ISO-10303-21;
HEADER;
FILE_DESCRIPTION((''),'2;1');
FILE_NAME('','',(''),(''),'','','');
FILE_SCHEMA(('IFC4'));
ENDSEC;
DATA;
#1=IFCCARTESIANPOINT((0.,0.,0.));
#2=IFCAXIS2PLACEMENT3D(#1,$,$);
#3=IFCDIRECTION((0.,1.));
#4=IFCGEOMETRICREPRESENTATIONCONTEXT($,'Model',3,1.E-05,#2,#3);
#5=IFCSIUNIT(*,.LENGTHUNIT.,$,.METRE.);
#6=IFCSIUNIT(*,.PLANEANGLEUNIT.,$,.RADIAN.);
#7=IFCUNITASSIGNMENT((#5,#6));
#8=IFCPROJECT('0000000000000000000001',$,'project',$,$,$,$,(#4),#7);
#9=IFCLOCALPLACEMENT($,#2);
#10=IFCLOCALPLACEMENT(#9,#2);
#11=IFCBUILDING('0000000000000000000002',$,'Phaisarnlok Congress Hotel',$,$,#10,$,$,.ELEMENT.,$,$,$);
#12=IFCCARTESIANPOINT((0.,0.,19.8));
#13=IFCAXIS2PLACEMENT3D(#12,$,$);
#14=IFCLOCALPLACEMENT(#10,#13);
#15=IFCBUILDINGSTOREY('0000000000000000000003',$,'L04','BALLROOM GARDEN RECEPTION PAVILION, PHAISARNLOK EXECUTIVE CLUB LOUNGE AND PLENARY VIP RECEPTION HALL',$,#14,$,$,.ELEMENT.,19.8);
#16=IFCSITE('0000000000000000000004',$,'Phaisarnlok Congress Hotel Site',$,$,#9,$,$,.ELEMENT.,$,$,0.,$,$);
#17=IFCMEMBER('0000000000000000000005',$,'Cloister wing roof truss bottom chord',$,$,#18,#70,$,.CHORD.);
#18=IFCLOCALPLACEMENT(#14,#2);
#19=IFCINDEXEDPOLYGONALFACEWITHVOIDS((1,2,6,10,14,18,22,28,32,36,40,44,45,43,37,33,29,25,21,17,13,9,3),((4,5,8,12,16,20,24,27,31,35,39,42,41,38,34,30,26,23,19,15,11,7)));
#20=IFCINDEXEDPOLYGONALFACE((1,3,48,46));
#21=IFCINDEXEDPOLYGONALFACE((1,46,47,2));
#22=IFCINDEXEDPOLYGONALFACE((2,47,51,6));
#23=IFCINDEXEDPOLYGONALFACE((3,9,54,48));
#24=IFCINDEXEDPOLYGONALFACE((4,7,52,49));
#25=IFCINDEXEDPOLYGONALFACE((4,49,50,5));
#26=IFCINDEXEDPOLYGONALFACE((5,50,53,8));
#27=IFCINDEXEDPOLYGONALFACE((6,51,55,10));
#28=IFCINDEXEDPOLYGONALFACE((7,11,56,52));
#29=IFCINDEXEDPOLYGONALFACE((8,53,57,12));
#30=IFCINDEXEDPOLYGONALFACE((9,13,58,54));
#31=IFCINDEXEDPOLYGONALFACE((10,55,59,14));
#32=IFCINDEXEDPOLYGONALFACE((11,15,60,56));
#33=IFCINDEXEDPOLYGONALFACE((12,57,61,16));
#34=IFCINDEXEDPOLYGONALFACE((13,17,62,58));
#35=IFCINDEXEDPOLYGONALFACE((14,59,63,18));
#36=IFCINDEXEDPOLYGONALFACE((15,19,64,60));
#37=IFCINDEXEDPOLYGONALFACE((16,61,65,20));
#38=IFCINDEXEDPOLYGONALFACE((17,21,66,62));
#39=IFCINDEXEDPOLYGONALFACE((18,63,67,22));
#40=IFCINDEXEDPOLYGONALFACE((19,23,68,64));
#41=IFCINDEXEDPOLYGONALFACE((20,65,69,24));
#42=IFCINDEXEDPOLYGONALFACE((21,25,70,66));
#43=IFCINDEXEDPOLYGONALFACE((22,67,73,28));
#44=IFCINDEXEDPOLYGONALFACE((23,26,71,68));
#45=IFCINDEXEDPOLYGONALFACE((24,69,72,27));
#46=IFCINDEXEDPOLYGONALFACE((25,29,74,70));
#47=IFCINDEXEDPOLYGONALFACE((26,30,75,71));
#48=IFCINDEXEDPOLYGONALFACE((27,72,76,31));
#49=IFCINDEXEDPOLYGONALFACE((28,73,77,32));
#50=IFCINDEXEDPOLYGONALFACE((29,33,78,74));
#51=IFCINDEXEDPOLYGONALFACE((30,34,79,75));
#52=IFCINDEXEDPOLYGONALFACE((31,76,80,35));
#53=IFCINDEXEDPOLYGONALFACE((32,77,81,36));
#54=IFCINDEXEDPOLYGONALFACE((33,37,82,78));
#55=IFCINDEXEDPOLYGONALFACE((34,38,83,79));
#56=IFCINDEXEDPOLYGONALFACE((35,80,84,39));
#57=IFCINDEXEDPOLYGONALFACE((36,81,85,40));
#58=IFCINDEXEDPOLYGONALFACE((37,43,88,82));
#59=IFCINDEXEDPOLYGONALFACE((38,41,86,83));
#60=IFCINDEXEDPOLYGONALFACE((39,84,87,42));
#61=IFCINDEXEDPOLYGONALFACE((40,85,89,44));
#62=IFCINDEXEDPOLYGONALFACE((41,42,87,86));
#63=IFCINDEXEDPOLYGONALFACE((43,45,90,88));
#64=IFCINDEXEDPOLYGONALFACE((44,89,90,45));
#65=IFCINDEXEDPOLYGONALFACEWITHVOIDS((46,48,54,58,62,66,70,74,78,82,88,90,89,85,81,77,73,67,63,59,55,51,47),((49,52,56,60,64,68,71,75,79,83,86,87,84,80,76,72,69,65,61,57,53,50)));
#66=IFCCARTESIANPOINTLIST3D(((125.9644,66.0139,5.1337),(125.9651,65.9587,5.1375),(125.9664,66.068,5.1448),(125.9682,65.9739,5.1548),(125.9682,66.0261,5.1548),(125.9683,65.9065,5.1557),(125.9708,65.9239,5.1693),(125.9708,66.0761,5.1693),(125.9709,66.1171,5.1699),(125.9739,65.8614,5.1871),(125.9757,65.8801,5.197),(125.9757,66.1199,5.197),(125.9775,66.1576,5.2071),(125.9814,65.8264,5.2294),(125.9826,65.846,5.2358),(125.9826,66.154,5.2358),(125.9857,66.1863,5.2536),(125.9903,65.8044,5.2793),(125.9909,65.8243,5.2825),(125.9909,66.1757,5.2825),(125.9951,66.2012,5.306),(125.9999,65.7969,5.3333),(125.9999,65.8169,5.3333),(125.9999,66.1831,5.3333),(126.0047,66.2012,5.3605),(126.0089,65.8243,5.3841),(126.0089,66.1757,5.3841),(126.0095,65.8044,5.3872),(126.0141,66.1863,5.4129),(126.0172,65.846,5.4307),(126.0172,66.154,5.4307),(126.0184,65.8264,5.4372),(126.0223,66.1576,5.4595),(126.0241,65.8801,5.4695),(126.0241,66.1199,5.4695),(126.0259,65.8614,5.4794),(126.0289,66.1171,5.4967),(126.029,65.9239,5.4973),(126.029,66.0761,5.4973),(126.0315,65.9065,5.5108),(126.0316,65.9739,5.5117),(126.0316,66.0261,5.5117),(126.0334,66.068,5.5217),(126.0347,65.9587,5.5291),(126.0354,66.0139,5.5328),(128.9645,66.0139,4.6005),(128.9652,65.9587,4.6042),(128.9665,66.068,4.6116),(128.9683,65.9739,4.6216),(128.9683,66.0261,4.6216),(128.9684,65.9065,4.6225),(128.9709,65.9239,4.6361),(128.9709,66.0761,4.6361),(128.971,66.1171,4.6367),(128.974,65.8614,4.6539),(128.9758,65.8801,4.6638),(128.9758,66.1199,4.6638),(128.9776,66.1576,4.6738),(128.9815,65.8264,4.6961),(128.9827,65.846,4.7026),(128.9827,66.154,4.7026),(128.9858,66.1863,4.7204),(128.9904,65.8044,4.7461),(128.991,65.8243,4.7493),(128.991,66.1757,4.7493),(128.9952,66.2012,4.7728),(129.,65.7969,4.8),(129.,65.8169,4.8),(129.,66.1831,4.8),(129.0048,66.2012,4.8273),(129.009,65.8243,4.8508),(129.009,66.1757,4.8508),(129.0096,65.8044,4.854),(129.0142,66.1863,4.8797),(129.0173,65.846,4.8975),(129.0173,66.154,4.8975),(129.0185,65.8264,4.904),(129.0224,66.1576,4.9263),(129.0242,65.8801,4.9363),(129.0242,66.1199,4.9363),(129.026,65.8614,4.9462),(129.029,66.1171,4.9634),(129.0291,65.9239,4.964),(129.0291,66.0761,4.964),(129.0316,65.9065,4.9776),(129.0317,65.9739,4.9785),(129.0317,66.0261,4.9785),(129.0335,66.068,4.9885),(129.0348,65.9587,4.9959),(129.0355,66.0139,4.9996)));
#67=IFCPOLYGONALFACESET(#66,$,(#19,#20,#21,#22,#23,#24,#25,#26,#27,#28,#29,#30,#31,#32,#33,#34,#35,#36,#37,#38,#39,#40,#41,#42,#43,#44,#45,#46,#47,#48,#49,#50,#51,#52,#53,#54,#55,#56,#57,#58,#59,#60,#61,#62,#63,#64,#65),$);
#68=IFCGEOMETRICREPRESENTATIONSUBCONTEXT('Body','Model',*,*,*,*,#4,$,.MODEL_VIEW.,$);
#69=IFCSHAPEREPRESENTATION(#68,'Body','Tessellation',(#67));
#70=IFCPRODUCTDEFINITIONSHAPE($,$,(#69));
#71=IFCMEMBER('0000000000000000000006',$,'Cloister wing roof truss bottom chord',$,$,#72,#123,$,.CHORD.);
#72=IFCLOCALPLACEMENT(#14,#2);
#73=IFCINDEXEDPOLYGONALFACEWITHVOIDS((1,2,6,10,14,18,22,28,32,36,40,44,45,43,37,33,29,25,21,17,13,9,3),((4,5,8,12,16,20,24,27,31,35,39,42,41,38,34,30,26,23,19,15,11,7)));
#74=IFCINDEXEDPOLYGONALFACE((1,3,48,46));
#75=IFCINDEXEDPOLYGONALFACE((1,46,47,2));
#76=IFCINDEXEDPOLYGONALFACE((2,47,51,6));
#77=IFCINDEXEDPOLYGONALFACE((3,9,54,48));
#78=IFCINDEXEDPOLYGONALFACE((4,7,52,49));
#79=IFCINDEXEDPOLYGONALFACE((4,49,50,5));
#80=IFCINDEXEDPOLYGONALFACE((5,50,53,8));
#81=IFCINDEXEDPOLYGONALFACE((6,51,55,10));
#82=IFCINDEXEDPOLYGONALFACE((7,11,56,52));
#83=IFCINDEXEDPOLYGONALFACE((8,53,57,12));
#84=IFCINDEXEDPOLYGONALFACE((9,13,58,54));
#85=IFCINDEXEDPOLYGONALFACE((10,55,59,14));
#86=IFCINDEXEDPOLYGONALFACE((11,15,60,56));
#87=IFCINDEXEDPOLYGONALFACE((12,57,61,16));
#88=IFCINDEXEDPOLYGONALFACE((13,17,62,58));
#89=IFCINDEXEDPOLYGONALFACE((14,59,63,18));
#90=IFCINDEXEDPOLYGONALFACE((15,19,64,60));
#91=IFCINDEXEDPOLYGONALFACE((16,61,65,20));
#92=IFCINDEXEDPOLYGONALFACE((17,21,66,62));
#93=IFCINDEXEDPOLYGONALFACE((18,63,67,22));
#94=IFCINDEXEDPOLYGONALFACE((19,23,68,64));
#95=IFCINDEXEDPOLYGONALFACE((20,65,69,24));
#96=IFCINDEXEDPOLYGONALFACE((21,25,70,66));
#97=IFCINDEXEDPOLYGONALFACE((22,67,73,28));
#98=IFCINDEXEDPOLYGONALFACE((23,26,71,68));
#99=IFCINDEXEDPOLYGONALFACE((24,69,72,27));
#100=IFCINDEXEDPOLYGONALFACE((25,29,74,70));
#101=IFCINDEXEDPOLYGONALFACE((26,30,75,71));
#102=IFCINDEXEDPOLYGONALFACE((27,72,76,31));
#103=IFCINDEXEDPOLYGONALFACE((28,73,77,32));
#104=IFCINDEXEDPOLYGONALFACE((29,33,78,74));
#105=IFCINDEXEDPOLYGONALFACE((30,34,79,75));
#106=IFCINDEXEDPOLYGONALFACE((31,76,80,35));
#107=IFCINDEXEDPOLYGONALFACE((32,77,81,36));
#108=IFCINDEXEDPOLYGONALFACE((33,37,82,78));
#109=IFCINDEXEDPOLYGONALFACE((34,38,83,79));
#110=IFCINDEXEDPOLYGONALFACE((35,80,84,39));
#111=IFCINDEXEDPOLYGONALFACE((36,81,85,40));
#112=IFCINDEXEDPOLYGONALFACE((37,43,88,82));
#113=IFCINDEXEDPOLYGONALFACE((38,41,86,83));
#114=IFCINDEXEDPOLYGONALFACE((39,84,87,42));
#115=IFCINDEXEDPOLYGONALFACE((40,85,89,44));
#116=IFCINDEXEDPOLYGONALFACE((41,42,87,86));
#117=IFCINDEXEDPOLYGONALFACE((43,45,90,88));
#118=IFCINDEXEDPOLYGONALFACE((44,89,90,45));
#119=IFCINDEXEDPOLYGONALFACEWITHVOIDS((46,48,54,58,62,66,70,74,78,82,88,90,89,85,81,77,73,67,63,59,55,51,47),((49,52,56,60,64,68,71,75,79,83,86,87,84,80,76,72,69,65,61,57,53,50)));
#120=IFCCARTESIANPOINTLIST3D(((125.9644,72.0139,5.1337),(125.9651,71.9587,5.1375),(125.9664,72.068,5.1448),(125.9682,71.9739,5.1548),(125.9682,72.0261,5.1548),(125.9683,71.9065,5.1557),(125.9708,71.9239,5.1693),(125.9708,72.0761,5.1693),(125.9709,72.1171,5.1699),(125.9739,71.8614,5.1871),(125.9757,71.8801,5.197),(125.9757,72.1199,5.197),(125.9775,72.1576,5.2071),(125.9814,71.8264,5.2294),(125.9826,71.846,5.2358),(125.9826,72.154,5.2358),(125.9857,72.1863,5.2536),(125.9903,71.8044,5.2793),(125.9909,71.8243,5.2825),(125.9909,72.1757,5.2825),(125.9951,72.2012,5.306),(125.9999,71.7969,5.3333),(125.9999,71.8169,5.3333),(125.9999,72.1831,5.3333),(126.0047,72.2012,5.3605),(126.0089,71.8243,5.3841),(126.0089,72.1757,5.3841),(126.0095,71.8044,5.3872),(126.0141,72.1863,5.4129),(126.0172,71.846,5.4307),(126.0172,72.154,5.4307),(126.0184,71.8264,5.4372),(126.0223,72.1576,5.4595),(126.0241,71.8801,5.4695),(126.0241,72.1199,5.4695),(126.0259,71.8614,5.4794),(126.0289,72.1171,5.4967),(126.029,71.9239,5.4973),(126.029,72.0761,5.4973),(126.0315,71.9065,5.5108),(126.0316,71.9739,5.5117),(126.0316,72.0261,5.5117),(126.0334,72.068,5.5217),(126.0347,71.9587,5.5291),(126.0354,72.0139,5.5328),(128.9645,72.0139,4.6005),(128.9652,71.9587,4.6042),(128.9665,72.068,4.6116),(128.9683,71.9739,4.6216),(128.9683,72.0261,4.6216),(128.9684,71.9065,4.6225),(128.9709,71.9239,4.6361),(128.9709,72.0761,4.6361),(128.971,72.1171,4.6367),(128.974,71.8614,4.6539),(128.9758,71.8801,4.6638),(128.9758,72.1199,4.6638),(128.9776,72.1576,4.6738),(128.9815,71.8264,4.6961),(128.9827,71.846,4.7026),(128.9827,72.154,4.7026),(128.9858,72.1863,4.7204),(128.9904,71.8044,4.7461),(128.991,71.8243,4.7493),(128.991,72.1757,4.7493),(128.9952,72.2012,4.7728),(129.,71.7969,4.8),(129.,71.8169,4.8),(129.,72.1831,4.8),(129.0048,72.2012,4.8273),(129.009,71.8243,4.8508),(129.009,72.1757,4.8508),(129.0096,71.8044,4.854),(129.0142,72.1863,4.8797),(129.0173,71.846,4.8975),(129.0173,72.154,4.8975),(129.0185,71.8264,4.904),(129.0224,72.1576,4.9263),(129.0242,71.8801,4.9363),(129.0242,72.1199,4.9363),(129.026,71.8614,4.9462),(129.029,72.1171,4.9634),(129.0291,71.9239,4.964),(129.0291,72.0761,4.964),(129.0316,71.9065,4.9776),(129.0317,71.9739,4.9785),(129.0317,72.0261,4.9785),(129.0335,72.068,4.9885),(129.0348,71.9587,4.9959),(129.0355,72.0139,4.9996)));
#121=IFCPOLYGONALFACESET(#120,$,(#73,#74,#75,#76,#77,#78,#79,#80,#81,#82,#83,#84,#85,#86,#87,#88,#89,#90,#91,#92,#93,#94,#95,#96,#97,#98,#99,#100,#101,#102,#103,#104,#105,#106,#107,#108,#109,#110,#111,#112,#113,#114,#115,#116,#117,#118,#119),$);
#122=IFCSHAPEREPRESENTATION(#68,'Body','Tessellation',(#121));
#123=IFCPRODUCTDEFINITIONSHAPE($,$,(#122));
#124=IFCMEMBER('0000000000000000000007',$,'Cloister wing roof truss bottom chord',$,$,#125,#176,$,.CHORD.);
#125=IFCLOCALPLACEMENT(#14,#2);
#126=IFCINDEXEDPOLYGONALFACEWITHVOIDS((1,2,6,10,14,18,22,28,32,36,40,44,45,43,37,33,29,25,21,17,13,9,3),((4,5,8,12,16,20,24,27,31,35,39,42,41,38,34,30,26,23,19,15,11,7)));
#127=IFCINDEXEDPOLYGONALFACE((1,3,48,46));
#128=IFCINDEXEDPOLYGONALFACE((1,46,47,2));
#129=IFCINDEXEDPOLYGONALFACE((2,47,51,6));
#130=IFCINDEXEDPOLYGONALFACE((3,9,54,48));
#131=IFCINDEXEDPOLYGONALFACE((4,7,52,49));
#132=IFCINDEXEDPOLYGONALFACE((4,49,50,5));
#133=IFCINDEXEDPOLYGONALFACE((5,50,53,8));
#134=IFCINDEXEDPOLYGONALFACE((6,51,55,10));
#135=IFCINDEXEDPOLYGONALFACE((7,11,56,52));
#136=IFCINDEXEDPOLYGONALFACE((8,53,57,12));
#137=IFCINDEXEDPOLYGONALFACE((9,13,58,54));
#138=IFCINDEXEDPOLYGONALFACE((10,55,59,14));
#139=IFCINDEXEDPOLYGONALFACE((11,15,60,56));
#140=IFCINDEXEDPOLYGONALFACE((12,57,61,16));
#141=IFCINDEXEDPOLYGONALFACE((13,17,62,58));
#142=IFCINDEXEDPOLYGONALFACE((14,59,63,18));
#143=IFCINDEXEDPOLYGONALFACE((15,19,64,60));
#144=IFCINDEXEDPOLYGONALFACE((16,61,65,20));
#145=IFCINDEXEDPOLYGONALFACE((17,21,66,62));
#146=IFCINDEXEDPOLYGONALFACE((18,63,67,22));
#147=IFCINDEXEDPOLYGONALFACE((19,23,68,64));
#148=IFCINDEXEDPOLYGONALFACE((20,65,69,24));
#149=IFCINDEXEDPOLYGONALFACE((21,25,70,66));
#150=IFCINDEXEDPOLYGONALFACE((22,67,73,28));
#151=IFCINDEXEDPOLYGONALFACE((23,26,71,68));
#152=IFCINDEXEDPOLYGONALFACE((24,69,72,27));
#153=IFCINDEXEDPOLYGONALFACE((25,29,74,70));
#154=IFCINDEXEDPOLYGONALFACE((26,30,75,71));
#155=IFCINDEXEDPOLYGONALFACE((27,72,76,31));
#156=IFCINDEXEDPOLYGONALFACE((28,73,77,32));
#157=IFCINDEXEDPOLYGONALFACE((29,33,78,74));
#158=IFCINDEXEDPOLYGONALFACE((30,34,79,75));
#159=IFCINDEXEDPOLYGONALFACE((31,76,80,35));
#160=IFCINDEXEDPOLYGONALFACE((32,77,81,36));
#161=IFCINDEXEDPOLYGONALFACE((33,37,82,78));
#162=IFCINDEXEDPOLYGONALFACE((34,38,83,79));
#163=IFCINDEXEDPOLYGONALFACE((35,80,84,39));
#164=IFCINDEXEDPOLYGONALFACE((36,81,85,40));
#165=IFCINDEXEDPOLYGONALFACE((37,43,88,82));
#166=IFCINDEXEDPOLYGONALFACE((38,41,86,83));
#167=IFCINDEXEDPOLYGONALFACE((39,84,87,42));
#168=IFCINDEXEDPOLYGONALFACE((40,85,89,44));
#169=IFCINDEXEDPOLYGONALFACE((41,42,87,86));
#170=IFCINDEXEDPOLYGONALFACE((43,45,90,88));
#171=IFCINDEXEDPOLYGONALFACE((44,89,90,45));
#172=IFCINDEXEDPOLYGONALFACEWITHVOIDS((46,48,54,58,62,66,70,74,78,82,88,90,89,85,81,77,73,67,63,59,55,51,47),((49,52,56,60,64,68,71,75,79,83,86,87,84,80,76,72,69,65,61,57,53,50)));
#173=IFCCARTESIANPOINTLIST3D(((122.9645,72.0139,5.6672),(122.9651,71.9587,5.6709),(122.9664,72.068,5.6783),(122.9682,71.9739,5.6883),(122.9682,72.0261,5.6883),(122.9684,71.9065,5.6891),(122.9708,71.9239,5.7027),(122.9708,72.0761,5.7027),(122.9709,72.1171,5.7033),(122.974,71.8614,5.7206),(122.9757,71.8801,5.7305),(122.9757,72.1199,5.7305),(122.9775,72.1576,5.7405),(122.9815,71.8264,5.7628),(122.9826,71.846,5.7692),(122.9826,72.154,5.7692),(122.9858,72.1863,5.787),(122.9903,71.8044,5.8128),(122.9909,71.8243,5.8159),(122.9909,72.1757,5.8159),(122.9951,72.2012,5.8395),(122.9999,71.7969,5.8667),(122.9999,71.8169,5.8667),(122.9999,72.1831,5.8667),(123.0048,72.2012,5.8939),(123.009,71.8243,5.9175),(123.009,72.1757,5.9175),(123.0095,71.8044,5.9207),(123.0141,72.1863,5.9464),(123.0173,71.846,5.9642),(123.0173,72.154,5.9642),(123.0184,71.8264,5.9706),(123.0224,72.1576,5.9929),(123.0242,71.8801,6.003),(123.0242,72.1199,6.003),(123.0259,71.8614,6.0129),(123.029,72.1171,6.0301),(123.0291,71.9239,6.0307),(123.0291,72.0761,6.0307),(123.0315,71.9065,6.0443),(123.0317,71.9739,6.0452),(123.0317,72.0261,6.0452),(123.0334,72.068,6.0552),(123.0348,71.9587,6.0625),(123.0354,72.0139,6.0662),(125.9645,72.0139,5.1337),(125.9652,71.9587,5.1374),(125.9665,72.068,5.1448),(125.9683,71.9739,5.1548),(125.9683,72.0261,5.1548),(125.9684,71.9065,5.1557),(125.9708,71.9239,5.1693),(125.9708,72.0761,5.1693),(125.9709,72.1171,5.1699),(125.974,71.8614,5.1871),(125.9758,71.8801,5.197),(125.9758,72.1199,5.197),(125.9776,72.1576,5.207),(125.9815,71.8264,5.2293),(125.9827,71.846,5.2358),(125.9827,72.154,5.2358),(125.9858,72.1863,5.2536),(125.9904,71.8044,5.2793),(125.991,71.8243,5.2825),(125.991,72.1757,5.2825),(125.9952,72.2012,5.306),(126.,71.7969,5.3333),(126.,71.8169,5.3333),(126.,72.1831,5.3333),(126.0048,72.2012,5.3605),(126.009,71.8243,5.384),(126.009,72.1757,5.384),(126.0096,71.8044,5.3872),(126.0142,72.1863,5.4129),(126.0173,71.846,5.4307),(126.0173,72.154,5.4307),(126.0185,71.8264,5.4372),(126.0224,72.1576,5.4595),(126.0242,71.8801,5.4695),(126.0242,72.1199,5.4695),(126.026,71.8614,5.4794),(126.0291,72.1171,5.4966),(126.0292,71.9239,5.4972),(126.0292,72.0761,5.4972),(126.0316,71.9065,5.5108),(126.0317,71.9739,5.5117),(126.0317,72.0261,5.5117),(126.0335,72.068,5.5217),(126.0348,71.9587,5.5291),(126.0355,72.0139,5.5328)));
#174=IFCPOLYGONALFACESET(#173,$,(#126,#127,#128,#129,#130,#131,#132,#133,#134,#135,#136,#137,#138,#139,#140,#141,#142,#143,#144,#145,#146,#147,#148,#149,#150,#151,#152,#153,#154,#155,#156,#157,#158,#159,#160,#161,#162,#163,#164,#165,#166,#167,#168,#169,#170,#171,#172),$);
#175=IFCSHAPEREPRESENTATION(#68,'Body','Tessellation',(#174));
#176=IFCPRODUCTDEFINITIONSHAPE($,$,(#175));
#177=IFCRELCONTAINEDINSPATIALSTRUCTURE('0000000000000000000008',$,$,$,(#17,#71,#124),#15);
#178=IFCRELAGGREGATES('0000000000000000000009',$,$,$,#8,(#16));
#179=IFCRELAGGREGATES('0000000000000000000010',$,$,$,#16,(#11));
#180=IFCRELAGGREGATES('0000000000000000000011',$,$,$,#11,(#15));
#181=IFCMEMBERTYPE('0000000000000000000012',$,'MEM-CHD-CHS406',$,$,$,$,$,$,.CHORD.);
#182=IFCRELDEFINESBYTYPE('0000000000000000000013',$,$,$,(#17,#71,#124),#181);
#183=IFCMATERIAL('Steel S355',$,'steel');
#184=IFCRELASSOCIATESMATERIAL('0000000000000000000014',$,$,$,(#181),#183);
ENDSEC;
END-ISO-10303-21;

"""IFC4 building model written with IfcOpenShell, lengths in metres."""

from ifc_helpers import new_model, si_unit, direction, frame, origin, origin_2d, place, context, subcontext, project, spatial, hollow_circle, extrude, material, material_profile, profile_set, type_object, element, save


model = new_model("IFC4")

# Units and contexts
model_context = context("Model", 3, precision=1e-05, world=origin(), true_north=direction((0.0, 1.0)))
body_context = subcontext(model_context, "Body", "Model", "MODEL_VIEW")
ifc_project = project(units=[si_unit("LENGTHUNIT", "METRE"), si_unit("PLANEANGLEUNIT", "RADIAN")], contexts=[model_context])

# Site, building, storey
site_placement = place(None, origin())
site = spatial("IfcSite", under=ifc_project, at=site_placement, Name="Phaisarnlok Congress Hotel Site", CompositionType="ELEMENT", RefElevation=0.0)
building_placement = place(site_placement, origin())
building = spatial("IfcBuilding", under=site, at=building_placement, Name="Phaisarnlok Congress Hotel", CompositionType="ELEMENT")
storey_placement = place(building_placement, frame((0.0, 0.0, 19.8)))
storey = spatial("IfcBuildingStorey", under=building, at=storey_placement, Name="L04", Description="BALLROOM GARDEN RECEPTION PAVILION, PHAISARNLOK EXECUTIVE CLUB LOUNGE AND PLENARY VIP RECEPTION HALL", CompositionType="ELEMENT", Elevation=19.8)

# Shared definitions
ifc_material_1 = material(Name="Steel S355", Category="steel")

# Members
ifc_material_profile_1 = material_profile(ifc_material_1, hollow_circle(Radius=0.2031, WallThickness=0.02, at=origin_2d()), Name="CHS 406.4x20")
ifc_profile_set_1 = profile_set([ifc_material_profile_1], Name="Steel S355")
member_type_1 = type_object("IfcMemberType", Name="MEM-CHD-CHS406", PredefinedType="CHORD", material=ifc_profile_set_1)
for number, where, z_axis, x_axis, name in (
    (1, (129.0, 66.0, 4.8), (-0.98457, 0.0, 0.174992), (0.0, -1.0, 0.0), "Cloister wing roof truss bottom chord"),
    (2, (129.0, 72.0, 4.8), (-0.98457, 0.0, 0.174992), (0.0, -1.0, 0.0), "Cloister wing roof truss bottom chord"),
    (3, (126.0, 72.0, 5.3333), (-0.984556, 0.0, 0.17507), (0.0, -1.0, 0.0), "Cloister wing roof truss bottom chord"),
):
    element("IfcMember", number, at=place(storey_placement, frame(where, z_axis=z_axis, x_axis=x_axis)), inside=storey, type_object=member_type_1, Name=name, PredefinedType="CHORD", context=body_context, shape_type="SweptSolid", body=[
        extrude(hollow_circle(Radius=0.2031, WallThickness=0.02, at=origin_2d()), origin(), (0.0, 0.0, 1.0), 3.0471),
    ])

save(model, "model.ifc")
